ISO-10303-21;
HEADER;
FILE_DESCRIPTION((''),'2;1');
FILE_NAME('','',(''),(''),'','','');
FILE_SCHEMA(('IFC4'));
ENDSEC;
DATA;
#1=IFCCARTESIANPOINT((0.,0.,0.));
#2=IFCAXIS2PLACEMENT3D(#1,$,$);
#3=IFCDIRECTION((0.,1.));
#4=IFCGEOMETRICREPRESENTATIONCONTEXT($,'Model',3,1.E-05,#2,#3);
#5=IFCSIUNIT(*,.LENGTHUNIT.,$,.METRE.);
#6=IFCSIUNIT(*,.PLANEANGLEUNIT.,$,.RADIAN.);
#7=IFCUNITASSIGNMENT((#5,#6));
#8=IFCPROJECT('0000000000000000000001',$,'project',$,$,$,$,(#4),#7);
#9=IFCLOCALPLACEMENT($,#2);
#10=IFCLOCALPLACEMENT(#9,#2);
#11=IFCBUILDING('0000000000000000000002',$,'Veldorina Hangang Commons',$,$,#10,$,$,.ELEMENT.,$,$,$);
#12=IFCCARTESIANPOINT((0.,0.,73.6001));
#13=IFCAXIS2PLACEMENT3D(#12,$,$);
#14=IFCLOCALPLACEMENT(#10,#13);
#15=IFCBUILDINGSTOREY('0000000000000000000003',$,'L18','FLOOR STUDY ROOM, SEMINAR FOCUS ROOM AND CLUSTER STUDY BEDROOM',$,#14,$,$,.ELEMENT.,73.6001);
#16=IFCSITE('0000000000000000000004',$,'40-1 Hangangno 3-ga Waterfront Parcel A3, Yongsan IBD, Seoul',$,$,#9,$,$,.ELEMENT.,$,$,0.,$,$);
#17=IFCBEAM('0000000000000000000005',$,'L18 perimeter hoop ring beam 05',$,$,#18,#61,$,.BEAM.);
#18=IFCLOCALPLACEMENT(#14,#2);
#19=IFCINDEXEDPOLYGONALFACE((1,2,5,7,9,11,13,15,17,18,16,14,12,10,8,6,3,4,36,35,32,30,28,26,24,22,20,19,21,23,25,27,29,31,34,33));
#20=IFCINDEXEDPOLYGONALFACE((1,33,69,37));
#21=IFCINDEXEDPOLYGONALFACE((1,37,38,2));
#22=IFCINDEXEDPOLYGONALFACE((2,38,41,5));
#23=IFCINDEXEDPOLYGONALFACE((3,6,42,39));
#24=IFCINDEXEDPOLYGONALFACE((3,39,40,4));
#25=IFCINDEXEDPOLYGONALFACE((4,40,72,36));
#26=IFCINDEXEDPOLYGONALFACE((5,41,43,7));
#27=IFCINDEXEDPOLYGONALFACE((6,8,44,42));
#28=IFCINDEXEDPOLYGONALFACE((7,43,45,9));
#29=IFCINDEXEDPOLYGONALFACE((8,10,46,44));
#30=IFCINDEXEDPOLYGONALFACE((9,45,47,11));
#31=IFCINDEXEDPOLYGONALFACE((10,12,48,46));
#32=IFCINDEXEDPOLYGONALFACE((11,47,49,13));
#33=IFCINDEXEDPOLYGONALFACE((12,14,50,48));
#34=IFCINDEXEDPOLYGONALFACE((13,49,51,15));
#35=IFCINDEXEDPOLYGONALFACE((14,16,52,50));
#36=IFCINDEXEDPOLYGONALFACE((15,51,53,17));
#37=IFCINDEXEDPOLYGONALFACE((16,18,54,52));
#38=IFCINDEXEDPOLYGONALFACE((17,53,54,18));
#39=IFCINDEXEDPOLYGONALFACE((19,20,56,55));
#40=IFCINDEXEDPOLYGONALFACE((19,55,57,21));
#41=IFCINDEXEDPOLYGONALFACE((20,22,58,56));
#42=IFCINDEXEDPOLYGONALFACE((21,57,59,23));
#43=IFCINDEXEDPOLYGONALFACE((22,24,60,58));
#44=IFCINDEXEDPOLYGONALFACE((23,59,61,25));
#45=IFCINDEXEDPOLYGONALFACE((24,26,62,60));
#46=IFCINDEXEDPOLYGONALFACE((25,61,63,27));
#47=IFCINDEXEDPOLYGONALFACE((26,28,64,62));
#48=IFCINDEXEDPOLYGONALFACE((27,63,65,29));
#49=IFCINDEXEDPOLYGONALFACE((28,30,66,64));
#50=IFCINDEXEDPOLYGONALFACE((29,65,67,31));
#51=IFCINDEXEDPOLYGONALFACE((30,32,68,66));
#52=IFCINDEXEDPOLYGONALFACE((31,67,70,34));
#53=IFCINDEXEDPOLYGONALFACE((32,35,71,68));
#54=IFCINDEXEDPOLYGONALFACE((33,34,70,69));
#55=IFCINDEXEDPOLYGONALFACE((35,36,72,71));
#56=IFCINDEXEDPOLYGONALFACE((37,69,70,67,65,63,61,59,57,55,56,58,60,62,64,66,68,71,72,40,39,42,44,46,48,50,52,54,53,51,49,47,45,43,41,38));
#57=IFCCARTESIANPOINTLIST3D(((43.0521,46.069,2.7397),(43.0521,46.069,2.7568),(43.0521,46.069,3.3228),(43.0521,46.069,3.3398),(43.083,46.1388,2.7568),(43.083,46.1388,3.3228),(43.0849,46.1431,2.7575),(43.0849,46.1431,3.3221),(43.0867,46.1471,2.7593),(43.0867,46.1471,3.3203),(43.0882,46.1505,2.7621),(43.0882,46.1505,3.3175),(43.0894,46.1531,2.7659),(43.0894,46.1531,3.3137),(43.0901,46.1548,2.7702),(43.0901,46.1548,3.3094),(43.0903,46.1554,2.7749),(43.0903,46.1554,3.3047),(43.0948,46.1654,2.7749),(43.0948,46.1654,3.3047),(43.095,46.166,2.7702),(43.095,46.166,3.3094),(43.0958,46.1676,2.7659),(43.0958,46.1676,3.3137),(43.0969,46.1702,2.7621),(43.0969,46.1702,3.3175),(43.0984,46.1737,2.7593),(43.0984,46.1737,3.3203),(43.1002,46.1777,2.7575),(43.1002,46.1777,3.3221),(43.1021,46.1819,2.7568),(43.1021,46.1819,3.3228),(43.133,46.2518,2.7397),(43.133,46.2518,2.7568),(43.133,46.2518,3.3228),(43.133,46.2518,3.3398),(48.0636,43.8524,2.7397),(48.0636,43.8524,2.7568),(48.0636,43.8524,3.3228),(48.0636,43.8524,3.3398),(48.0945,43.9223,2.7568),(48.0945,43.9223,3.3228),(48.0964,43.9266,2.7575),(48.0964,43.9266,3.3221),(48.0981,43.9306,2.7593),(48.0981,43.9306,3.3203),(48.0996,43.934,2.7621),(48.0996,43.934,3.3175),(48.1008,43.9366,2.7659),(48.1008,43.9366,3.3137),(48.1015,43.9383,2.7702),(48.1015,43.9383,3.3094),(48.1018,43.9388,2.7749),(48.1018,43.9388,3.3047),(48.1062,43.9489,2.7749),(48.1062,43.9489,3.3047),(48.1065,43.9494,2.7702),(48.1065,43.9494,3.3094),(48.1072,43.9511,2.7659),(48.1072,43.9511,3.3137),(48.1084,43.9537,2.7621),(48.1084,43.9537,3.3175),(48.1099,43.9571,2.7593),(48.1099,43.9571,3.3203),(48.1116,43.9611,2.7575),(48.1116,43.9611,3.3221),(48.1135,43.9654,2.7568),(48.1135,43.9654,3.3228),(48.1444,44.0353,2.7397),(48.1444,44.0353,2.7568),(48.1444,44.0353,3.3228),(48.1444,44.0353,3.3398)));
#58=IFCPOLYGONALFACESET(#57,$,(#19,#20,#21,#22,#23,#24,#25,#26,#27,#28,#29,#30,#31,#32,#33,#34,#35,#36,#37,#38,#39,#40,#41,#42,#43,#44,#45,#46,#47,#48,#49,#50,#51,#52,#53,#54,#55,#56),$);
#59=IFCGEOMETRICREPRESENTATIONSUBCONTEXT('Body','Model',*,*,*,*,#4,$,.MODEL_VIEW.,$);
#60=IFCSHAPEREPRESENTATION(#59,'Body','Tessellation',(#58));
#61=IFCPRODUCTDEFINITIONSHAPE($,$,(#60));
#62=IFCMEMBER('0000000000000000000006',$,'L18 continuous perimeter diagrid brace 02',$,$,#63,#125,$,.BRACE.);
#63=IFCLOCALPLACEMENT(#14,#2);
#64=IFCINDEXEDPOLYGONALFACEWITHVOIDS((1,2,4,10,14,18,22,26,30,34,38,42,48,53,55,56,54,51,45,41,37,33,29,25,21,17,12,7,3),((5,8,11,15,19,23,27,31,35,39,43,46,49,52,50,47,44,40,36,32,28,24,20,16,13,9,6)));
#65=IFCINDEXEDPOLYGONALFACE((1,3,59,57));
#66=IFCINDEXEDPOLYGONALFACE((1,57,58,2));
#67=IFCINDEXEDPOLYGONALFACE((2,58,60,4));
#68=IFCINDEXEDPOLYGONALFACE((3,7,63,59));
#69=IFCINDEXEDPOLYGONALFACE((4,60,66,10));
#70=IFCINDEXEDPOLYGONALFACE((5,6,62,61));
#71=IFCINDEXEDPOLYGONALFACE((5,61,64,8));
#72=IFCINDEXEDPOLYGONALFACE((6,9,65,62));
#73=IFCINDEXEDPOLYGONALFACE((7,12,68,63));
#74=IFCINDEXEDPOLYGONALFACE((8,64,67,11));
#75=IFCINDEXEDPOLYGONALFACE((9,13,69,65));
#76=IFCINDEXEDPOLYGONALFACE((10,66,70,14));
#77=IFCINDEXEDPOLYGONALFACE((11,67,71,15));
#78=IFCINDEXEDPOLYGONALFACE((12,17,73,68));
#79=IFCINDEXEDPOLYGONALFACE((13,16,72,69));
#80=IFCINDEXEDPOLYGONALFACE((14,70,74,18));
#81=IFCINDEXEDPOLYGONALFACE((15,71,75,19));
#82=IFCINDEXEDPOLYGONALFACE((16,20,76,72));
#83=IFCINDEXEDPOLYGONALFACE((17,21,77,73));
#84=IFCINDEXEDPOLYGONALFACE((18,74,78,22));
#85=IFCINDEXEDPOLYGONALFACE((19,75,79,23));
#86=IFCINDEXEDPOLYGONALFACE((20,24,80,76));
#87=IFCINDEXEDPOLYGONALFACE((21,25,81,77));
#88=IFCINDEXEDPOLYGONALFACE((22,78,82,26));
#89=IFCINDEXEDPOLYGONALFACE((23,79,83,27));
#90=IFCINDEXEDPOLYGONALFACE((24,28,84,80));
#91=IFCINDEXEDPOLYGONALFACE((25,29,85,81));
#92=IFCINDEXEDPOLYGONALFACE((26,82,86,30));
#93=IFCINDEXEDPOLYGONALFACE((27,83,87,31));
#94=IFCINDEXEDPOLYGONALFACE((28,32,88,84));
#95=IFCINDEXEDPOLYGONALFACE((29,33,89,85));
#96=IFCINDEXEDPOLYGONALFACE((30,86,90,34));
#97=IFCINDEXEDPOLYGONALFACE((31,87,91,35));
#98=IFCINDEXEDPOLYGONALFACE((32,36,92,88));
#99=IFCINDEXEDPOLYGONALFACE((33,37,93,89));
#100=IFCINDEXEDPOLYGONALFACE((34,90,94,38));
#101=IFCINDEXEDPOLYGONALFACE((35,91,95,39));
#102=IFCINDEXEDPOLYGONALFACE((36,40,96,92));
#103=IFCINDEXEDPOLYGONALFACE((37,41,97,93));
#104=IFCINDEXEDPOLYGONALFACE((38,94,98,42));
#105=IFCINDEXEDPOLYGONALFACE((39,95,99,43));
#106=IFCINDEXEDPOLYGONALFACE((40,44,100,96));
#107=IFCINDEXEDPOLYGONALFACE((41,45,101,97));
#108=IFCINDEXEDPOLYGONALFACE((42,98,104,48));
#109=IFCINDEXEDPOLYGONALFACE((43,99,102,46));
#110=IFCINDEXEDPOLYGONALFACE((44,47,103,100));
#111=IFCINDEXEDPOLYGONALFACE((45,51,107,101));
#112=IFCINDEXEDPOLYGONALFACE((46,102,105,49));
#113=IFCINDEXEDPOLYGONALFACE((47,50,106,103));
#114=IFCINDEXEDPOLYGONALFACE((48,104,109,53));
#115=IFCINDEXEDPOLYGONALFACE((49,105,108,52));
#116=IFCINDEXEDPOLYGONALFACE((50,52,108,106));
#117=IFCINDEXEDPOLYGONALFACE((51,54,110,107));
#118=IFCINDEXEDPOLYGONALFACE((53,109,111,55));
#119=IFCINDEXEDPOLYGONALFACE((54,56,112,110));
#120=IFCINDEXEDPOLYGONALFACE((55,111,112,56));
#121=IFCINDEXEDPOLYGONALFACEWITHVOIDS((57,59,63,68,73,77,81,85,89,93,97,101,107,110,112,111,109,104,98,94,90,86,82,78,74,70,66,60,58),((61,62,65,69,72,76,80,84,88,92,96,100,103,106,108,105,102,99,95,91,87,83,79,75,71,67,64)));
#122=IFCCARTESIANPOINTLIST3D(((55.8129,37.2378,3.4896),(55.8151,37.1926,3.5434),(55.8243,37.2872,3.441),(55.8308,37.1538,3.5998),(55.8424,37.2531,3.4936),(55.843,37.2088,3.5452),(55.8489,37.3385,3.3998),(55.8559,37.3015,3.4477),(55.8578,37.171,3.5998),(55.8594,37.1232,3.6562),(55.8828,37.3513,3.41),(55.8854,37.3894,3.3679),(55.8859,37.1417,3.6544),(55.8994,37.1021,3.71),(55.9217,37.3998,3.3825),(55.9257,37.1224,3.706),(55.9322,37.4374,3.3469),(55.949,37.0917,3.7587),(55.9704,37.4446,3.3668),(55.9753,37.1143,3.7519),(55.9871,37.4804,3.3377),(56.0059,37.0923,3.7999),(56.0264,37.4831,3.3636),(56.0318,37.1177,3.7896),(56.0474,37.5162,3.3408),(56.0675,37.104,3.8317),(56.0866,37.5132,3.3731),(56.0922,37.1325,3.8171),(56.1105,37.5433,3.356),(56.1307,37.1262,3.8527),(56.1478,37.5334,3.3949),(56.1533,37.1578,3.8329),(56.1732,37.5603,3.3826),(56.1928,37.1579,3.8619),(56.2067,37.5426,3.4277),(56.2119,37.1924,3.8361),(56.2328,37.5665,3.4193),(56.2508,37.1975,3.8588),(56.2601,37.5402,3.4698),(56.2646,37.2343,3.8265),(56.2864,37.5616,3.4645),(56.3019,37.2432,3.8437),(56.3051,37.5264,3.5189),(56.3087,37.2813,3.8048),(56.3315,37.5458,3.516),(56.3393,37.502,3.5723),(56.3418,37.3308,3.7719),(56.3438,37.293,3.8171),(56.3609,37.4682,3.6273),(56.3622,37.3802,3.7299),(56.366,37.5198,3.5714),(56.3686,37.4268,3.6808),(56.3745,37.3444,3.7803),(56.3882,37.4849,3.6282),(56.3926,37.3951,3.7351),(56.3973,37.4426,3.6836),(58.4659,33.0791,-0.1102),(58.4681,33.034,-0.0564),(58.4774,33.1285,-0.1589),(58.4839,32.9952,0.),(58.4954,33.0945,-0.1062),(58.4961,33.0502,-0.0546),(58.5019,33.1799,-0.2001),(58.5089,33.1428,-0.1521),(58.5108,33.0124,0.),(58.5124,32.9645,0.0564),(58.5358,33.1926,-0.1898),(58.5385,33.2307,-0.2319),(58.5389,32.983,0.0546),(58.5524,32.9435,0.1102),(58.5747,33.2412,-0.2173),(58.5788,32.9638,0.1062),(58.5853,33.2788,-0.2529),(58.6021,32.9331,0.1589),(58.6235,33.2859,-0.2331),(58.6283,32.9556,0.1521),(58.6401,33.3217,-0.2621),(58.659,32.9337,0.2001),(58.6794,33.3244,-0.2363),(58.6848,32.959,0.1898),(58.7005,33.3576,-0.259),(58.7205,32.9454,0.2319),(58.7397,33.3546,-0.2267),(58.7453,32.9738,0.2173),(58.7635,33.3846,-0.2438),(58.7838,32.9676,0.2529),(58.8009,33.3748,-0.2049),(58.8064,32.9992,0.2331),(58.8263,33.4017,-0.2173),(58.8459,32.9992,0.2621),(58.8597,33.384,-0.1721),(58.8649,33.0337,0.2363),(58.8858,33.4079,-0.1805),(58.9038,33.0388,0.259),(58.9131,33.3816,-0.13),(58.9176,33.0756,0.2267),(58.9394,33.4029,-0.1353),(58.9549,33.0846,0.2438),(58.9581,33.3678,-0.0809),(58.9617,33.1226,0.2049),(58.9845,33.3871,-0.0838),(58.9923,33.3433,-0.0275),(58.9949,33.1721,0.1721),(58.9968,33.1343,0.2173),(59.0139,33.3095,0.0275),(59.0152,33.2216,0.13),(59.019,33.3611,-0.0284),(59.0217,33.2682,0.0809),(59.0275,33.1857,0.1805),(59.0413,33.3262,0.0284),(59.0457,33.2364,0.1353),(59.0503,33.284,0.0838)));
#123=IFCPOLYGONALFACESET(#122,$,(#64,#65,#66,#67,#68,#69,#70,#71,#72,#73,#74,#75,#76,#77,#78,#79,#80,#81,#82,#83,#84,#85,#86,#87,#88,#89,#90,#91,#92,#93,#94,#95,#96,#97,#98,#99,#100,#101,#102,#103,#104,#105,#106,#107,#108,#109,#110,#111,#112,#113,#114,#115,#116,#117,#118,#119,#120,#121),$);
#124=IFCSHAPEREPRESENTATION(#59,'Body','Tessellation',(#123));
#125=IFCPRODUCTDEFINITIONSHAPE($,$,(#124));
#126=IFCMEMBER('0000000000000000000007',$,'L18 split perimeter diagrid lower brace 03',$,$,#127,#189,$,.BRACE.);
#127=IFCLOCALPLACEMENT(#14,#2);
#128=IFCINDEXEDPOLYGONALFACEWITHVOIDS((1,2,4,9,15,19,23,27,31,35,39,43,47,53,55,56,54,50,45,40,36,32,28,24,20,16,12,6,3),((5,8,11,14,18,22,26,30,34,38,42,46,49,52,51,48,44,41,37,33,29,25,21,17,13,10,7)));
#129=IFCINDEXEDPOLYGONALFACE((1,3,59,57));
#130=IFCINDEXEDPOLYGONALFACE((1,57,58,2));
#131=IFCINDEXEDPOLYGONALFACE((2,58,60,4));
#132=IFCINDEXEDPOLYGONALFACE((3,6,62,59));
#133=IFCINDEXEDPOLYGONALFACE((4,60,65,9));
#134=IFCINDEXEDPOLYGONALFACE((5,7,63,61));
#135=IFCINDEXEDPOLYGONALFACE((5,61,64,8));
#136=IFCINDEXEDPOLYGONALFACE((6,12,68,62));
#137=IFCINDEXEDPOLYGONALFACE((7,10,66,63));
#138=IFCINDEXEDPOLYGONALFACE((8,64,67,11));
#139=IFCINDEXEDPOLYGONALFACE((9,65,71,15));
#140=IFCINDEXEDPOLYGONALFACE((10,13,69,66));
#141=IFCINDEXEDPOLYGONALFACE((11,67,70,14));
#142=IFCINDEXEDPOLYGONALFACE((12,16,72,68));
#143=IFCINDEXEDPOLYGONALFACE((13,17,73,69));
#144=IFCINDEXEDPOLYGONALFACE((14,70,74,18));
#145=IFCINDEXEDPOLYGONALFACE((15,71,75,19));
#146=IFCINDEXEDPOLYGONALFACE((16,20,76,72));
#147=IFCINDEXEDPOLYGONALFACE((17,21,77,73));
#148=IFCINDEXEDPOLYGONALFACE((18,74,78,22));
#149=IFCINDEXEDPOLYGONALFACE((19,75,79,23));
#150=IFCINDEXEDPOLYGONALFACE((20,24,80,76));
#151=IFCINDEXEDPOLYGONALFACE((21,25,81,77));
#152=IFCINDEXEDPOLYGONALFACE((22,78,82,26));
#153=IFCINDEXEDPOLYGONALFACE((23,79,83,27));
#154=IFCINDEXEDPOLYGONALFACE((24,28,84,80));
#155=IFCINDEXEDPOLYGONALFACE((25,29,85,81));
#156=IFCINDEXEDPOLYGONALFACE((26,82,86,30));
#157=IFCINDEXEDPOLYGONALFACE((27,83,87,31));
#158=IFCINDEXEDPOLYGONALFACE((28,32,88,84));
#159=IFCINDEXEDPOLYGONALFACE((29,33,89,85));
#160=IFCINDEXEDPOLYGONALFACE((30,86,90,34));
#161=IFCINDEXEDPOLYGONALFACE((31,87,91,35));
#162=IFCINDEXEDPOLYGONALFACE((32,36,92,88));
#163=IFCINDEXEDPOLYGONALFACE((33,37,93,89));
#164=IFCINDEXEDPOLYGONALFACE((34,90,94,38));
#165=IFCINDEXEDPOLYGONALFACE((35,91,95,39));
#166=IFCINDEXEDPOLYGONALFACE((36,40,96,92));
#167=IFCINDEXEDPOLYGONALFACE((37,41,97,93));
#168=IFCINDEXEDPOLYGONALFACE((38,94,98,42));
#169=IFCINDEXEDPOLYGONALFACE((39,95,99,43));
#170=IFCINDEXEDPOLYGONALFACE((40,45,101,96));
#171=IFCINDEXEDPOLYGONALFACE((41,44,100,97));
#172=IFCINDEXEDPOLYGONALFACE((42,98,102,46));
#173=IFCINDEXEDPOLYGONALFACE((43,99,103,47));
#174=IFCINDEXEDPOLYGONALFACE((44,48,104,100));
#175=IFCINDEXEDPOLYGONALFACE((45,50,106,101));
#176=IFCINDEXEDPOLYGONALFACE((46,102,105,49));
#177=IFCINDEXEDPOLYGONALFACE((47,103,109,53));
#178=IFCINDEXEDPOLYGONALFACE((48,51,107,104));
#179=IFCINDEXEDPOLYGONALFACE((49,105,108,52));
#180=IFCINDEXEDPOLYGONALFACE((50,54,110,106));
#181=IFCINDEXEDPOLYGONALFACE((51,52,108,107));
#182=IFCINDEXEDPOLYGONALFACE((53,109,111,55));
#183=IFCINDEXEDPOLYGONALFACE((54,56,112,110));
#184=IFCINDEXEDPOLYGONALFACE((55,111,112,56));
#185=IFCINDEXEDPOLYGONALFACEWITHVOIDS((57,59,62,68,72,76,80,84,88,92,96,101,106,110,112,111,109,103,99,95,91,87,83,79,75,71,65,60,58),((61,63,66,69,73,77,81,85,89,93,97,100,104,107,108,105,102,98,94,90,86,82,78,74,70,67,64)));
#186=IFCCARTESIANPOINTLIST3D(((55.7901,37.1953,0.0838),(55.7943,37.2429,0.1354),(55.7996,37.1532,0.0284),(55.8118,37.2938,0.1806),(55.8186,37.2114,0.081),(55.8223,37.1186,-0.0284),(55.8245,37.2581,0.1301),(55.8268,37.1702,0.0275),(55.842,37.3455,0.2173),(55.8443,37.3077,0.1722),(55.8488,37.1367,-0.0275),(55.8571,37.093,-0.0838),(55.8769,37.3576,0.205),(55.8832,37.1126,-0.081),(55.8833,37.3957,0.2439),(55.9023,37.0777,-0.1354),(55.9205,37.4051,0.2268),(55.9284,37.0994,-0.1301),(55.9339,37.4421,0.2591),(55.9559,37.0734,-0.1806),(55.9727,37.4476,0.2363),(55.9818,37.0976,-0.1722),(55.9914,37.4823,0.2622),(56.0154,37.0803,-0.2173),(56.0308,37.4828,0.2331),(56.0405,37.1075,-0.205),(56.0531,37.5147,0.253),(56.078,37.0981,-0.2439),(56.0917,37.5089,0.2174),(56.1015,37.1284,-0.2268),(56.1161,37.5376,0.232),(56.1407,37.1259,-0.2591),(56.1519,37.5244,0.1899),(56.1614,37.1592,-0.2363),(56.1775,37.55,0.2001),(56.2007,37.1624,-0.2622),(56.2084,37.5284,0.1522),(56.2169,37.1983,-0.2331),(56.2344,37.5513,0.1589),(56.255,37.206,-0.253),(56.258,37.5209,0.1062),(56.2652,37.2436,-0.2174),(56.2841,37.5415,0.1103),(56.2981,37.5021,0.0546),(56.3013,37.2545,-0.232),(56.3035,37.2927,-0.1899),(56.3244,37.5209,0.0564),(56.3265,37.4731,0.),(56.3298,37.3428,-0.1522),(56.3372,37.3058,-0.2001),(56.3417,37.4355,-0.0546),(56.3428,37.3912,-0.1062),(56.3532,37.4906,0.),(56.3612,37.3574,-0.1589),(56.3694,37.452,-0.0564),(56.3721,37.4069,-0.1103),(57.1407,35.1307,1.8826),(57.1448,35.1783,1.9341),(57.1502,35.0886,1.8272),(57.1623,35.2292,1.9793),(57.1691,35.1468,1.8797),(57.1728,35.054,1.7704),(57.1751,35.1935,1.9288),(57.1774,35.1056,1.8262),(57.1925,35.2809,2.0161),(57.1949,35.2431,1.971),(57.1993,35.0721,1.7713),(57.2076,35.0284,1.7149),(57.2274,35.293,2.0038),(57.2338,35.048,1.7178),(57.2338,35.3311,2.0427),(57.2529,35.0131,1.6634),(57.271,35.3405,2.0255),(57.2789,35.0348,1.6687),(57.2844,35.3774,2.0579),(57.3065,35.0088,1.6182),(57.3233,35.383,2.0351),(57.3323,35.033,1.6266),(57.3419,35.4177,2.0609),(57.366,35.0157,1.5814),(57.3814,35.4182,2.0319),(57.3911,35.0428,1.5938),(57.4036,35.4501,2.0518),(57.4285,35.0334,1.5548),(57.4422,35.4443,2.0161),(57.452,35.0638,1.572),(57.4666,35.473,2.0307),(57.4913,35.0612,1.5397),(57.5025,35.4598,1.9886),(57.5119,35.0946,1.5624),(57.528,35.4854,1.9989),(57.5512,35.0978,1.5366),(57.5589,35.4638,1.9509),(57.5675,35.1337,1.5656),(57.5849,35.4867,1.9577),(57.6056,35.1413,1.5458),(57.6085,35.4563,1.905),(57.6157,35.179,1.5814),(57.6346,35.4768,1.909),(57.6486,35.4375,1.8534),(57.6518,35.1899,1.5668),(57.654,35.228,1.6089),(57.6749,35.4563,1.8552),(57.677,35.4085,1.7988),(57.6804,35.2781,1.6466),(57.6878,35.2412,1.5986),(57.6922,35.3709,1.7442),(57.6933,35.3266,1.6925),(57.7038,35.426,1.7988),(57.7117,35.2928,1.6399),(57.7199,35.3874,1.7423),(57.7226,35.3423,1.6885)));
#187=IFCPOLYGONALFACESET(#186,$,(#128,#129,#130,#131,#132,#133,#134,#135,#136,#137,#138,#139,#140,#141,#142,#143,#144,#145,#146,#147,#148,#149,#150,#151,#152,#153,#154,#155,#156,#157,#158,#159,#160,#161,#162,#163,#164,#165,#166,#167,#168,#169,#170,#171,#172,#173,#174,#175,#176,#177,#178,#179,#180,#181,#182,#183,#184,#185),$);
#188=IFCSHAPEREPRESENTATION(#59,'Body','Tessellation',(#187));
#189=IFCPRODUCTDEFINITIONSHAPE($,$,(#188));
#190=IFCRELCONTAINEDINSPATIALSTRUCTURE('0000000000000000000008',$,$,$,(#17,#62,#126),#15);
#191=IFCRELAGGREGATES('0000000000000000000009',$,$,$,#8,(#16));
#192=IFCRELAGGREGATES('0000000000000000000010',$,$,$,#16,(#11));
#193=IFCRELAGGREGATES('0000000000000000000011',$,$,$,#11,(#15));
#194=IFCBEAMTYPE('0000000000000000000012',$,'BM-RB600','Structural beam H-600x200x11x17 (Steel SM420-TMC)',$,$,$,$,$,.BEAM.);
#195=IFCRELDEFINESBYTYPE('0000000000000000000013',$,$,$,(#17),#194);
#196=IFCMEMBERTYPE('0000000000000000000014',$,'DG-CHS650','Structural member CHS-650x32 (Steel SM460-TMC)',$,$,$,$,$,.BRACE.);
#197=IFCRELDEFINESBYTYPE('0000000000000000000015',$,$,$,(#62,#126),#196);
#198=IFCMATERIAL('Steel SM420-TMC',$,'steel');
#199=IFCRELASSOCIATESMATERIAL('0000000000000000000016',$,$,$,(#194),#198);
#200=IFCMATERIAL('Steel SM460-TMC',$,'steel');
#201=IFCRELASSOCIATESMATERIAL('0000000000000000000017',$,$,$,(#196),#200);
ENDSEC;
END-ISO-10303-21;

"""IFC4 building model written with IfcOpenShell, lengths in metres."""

from ifc_helpers import new_model, si_unit, direction, frame, origin, origin_2d, place, context, subcontext, project, spatial, hollow_circle, i_section, extrude, material, material_profile, profile_set, type_object, element, save


model = new_model("IFC4")

# Units and contexts
model_context = context("Model", 3, precision=1e-05, world=origin(), true_north=direction((0.0, 1.0)))
body_context = subcontext(model_context, "Body", "Model", "MODEL_VIEW")
ifc_project = project(units=[si_unit("LENGTHUNIT", "METRE"), si_unit("PLANEANGLEUNIT", "RADIAN")], contexts=[model_context])

# Site, building, storey
site_placement = place(None, origin())
site = spatial("IfcSite", under=ifc_project, at=site_placement, Name="40-1 Hangangno 3-ga Waterfront Parcel A3, Yongsan IBD, Seoul", CompositionType="ELEMENT", RefElevation=0.0)
building_placement = place(site_placement, origin())
building = spatial("IfcBuilding", under=site, at=building_placement, Name="Veldorina Hangang Commons", CompositionType="ELEMENT")
storey_placement = place(building_placement, frame((0.0, 0.0, 73.6001)))
storey = spatial("IfcBuildingStorey", under=building, at=storey_placement, Name="L18", Description="FLOOR STUDY ROOM, SEMINAR FOCUS ROOM AND CLUSTER STUDY BEDROOM", CompositionType="ELEMENT", Elevation=73.6001)

# Beam
ifc_material_1 = material(Name="Steel SM420-TMC", Category="steel")
ifc_material_profile_1 = material_profile(ifc_material_1, i_section(OverallWidth=0.2, OverallDepth=0.6001, WebThickness=0.011, FlangeThickness=0.0171, FilletRadius=0.0181, at=origin_2d()), Name="H-600x200x11x17")
ifc_profile_set_1 = profile_set([ifc_material_profile_1], Name="Steel SM420-TMC")
beam_type_1 = type_object("IfcBeamType", Name="BM-RB600", Description="Structural beam H-600x200x11x17 (Steel SM420-TMC)", PredefinedType="BEAM", material=ifc_profile_set_1)
beam_1_placement = place(storey_placement, frame((48.104, 43.9438, 3.0398), z_axis=(-0.914539, 0.404497, 0.0), x_axis=(-0.404497, -0.914539, 0.0)))
element("IfcBeam", 1, at=beam_1_placement, inside=storey, type_object=beam_type_1, Name="L18 perimeter hoop ring beam 05", PredefinedType="BEAM", context=body_context, shape_type="SweptSolid", body=[
    extrude(i_section(OverallWidth=0.2, OverallDepth=0.6001, WebThickness=0.011, FlangeThickness=0.0171, FilletRadius=0.0181, at=origin_2d()), origin(), (0.0, 0.0, 1.0), 5.4797),
])

# Members
ifc_material_2 = material(Name="Steel SM460-TMC", Category="steel")
ifc_material_profile_2 = material_profile(ifc_material_2, hollow_circle(Radius=0.325, WallThickness=0.032, at=origin_2d()), Name="CHS-650x32")
ifc_profile_set_2 = profile_set([ifc_material_profile_2], Name="Steel SM460-TMC")
member_type = type_object("IfcMemberType", Name="DG-CHS650", Description="Structural member CHS-650x32 (Steel SM460-TMC)", PredefinedType="BRACE", material=ifc_profile_set_2)
member_1_placement = place(storey_placement, frame((58.7578, 33.1699, 0.0), z_axis=(-0.434449, 0.680998, 0.589487), x_axis=(-0.843052, -0.537833, 0.0)))
element("IfcMember", 2, at=member_1_placement, inside=storey, type_object=member_type, Name="L18 continuous perimeter diagrid brace 02", PredefinedType="BRACE", context=body_context, shape_type="SweptSolid", body=[
    extrude(hollow_circle(Radius=0.325, WallThickness=0.032, at=origin_2d()), origin(), (0.0, 0.0, 1.0), 6.1067),
])
member_2_placement = place(storey_placement, frame((56.0813, 37.3127, 0.0), z_axis=(0.442332, -0.676211, 0.589136), x_axis=(0.83686, 0.547417, 0.0)))
element("IfcMember", 3, at=member_2_placement, inside=storey, type_object=member_type, Name="L18 split perimeter diagrid lower brace 03", PredefinedType="BRACE", context=body_context, shape_type="SweptSolid", body=[
    extrude(hollow_circle(Radius=0.325, WallThickness=0.032, at=origin_2d()), origin(), (0.0, 0.0, 1.0), 3.0532),
])

save(model, "model.ifc")
